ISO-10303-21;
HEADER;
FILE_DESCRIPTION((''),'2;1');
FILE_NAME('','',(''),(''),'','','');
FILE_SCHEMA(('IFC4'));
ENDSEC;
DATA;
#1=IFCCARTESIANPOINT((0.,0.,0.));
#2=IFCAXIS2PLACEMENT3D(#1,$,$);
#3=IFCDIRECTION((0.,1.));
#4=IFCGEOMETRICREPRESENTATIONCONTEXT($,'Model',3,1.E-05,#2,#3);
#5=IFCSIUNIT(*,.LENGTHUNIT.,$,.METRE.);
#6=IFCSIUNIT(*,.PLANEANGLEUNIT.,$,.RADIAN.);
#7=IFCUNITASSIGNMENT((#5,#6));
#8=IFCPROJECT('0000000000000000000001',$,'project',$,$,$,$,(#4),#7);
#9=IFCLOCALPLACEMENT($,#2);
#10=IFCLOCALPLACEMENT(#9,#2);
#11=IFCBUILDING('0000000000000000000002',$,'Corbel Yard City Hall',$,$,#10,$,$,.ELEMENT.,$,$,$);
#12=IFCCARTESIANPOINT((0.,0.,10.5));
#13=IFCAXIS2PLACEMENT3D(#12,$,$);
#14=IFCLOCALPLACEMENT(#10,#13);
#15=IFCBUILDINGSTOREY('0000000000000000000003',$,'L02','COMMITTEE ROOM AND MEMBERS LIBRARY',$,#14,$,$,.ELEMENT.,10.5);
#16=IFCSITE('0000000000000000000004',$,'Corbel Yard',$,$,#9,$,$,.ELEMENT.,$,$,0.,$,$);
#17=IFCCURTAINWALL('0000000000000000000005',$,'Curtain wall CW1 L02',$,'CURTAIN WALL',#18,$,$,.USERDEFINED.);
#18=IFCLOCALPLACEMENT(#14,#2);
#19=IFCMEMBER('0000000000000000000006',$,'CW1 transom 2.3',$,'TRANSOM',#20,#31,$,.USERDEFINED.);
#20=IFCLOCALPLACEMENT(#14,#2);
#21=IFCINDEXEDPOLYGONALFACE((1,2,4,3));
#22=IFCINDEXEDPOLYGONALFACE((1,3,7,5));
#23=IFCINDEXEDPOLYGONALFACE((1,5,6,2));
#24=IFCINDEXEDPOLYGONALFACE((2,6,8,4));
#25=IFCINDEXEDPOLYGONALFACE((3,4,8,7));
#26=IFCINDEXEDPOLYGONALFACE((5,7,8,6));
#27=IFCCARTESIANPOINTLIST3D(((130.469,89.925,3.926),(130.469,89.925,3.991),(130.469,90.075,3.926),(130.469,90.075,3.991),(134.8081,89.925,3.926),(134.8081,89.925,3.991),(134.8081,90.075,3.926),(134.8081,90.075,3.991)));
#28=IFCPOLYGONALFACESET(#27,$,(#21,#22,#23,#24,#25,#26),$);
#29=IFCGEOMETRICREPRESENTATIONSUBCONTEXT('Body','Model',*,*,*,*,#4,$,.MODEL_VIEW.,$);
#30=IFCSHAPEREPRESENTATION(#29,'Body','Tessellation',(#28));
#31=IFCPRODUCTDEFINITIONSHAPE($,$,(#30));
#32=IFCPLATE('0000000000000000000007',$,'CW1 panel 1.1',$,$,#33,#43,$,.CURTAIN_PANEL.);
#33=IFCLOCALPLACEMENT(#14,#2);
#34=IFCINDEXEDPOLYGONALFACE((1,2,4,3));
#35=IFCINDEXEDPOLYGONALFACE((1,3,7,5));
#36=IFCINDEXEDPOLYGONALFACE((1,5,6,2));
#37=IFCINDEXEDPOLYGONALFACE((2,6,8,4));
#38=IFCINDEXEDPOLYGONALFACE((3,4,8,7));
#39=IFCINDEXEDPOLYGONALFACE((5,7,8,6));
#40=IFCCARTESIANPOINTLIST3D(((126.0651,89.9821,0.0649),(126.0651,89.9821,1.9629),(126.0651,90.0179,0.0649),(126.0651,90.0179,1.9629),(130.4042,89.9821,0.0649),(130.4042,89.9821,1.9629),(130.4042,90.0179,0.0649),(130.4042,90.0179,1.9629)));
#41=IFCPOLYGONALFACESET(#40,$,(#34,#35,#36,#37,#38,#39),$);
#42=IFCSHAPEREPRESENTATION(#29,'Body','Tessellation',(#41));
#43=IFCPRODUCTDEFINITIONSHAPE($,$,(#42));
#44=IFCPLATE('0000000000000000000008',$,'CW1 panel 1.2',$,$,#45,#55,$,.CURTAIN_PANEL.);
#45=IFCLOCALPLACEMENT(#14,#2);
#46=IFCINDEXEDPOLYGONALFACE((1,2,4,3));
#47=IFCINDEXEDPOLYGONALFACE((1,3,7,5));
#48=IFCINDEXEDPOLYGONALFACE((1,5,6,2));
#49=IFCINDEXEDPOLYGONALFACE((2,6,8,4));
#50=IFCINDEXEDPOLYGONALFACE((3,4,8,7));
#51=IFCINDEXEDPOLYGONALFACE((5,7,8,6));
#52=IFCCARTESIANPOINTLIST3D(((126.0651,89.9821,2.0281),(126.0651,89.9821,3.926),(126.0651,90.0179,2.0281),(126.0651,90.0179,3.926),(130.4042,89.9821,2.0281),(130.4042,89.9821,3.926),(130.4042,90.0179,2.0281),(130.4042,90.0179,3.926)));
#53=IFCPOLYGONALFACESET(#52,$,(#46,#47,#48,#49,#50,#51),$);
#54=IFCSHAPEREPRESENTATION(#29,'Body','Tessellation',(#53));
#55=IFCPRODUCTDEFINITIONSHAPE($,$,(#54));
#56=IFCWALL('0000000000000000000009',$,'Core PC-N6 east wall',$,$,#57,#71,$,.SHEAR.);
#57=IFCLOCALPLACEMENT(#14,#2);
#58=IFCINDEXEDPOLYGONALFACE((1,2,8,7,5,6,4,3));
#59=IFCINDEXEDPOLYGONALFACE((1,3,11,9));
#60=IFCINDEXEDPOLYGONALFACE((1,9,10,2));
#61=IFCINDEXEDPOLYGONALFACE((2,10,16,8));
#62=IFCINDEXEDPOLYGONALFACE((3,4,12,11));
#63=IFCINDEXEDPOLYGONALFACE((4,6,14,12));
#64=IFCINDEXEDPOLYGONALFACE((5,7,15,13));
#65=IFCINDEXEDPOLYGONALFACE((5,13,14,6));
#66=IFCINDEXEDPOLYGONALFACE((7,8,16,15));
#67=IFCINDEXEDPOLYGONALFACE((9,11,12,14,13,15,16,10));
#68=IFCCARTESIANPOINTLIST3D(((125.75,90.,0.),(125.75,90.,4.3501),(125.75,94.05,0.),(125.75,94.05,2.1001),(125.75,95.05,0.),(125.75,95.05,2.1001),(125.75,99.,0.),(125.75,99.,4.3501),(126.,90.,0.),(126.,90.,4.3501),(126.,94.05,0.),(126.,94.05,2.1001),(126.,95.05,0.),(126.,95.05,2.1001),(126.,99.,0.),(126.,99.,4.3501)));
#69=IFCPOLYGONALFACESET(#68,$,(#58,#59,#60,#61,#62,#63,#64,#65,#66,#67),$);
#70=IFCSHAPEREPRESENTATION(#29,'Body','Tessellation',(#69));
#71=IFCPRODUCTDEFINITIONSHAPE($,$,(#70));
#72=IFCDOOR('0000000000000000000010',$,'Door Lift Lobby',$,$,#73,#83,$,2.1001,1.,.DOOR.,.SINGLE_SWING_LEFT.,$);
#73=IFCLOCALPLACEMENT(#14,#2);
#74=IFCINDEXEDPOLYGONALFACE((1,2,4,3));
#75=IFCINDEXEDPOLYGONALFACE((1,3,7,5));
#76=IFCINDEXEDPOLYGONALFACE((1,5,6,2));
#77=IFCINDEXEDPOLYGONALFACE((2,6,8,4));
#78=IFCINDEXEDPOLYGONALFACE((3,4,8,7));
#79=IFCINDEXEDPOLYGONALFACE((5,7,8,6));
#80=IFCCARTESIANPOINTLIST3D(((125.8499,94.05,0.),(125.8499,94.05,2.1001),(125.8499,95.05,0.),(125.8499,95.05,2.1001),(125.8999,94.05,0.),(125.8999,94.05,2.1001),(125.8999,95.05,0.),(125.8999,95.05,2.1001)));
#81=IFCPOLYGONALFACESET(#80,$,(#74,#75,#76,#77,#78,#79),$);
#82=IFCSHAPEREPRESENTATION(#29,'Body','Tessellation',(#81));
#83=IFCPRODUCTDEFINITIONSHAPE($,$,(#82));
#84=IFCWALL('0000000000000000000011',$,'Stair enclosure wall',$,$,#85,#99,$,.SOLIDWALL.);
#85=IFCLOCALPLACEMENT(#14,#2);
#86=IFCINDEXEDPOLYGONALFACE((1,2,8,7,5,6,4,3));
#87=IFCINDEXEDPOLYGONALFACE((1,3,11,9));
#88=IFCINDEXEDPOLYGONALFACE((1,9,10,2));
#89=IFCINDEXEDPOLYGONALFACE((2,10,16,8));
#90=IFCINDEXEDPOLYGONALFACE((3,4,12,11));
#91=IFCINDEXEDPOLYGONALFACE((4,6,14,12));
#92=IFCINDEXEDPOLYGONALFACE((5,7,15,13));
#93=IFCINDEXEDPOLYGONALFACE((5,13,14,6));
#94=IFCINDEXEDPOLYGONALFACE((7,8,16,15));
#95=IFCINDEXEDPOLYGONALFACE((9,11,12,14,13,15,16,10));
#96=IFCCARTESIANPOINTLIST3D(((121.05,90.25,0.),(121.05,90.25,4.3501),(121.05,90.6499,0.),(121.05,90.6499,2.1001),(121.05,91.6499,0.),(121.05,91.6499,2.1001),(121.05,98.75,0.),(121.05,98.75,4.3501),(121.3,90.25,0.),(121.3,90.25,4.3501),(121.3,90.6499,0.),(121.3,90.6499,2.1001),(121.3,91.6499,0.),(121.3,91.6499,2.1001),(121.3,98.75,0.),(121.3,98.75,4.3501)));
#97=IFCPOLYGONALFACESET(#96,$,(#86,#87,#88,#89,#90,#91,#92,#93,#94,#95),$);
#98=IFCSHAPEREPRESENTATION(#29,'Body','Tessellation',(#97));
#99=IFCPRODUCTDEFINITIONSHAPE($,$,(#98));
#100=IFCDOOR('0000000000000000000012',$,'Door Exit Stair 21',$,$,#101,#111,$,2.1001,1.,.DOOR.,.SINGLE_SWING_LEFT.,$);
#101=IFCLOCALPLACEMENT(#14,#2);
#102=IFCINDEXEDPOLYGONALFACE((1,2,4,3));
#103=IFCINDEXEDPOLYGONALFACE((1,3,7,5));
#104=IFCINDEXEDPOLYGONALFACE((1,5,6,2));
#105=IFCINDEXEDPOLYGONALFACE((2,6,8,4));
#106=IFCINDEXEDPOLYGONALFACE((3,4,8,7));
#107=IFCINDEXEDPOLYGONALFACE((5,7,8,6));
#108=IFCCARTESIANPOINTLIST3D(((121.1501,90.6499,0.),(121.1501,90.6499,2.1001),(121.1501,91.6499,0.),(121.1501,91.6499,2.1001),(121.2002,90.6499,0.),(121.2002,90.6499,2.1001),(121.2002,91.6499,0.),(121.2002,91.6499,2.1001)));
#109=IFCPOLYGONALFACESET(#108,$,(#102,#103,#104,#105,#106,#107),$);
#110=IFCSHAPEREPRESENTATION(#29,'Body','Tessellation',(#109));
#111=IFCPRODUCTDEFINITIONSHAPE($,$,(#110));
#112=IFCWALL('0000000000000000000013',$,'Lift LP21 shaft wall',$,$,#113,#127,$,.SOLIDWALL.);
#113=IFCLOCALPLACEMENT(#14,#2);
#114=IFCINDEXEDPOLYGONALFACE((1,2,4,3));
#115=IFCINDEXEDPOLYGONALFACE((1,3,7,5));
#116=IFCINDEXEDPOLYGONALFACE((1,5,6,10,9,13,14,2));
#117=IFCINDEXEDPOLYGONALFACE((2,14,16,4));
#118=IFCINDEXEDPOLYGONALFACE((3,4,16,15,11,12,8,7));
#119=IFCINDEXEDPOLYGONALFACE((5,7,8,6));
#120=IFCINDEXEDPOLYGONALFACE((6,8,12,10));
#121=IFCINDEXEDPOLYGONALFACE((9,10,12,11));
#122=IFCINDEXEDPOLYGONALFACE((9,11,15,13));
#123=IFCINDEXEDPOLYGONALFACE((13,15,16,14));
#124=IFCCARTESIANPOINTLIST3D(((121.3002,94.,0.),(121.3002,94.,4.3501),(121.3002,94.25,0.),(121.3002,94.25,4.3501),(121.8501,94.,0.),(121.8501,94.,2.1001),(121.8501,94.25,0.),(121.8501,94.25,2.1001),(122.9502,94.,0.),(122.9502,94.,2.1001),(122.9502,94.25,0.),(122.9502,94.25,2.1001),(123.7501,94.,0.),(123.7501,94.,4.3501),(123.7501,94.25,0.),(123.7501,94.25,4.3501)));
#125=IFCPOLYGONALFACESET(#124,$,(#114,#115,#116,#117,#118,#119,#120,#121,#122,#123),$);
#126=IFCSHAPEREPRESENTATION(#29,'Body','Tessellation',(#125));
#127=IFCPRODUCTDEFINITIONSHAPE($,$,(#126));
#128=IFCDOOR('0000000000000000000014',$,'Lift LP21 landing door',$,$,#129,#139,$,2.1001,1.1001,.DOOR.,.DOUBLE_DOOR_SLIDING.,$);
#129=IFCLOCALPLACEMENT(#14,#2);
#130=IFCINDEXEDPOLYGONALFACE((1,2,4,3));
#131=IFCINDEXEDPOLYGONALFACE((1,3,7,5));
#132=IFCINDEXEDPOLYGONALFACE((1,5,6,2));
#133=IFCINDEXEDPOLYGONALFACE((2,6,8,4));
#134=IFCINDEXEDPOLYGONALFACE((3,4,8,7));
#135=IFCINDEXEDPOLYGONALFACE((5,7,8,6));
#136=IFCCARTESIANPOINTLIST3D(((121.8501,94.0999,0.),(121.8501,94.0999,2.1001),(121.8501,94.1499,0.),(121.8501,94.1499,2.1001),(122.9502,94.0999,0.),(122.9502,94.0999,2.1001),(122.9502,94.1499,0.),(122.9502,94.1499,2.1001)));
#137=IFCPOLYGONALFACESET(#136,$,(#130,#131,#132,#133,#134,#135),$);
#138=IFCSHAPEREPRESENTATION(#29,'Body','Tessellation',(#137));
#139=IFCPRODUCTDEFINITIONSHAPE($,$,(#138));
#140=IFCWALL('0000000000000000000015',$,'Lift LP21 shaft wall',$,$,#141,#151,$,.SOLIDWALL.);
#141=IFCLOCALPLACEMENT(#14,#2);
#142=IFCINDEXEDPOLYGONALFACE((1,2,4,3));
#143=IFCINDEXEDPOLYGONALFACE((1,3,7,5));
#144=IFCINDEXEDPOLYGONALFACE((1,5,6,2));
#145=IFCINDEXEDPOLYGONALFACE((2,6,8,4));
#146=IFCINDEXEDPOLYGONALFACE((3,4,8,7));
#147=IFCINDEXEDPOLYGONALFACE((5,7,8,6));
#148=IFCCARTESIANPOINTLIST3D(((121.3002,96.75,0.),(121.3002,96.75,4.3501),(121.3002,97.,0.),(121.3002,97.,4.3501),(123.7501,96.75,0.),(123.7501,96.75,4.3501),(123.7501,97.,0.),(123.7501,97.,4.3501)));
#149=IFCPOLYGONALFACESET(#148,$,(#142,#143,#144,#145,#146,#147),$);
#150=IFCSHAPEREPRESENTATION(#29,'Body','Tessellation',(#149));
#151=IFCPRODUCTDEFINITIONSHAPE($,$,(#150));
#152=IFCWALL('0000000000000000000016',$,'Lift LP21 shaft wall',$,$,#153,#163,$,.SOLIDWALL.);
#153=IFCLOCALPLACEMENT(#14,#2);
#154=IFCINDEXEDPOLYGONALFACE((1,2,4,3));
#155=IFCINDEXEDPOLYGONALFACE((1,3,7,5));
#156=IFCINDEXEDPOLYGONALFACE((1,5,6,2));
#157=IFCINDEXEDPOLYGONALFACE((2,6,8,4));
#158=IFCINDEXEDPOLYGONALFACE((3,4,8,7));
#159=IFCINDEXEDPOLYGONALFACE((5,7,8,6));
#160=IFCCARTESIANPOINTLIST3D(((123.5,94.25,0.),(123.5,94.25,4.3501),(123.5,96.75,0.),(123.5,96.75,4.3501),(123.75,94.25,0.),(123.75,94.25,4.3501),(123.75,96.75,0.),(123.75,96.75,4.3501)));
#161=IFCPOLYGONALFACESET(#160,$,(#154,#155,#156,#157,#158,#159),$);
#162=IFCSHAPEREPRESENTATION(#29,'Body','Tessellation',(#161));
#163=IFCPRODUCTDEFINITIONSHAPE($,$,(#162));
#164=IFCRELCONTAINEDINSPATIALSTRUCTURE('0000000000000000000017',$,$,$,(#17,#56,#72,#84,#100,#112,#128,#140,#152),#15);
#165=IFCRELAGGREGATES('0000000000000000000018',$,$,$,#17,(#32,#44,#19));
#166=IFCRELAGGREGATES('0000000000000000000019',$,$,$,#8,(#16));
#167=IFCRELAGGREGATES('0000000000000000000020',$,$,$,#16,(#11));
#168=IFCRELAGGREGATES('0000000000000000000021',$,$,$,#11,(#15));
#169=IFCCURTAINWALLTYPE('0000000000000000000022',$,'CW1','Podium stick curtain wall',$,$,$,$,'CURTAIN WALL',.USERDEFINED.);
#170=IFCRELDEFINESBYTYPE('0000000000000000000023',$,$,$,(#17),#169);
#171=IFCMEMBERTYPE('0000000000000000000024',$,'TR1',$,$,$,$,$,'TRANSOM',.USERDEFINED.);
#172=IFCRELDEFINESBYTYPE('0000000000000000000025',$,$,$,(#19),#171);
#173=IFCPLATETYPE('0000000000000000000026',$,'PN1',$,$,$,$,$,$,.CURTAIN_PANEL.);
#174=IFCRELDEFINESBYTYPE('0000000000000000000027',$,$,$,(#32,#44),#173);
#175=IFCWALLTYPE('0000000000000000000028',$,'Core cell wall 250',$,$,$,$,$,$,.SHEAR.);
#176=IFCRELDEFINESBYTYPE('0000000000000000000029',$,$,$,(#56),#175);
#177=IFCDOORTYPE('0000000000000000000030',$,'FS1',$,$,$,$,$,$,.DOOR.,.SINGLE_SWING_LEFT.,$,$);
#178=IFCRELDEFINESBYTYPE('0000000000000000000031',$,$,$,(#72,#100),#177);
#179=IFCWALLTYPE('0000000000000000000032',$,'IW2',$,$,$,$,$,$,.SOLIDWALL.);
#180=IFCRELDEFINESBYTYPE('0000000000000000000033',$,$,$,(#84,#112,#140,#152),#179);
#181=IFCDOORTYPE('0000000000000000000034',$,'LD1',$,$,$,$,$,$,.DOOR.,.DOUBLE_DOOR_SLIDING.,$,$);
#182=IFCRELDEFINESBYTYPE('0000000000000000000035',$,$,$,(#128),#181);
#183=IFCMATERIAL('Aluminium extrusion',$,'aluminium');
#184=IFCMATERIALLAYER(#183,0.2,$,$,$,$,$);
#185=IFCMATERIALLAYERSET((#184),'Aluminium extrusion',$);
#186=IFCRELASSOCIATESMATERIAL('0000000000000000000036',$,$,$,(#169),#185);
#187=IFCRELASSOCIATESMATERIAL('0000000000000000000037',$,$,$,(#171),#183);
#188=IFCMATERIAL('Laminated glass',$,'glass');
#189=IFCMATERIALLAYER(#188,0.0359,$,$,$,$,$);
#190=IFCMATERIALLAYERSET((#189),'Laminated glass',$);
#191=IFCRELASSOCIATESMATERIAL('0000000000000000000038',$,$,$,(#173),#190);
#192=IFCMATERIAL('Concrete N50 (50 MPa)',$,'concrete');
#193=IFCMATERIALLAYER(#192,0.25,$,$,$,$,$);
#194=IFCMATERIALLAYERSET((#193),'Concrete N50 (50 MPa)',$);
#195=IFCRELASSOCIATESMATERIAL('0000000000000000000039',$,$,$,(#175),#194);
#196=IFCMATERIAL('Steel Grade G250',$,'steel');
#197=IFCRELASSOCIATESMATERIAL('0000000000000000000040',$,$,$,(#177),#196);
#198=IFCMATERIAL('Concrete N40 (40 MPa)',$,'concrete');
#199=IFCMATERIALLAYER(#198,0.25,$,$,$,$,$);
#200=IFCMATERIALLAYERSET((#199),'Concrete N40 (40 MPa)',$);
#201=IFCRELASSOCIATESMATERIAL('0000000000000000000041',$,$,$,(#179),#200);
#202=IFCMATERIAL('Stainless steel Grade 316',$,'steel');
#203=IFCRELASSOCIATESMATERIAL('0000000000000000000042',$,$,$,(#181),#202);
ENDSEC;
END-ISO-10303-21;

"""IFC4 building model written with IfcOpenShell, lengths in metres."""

from ifc_helpers import new_model, si_unit, direction, frame, frame_2d, origin, origin_2d, place, context, subcontext, project, spatial, rectangle, extrude, material, layer, layer_set, material_profile, profile_set, type_object, element, fill, aggregate, save


model = new_model("IFC4")

# Units and contexts
model_context = context("Model", 3, precision=1e-05, world=origin(), true_north=direction((0.0, 1.0)))
body_context = subcontext(model_context, "Body", "Model", "MODEL_VIEW")
ifc_project = project(units=[si_unit("LENGTHUNIT", "METRE"), si_unit("PLANEANGLEUNIT", "RADIAN")], contexts=[model_context])

# Site, building, storey
site_placement = place(None, origin())
site = spatial("IfcSite", under=ifc_project, at=site_placement, Name="Corbel Yard", CompositionType="ELEMENT", RefElevation=0.0)
building_placement = place(site_placement, origin())
building = spatial("IfcBuilding", under=site, at=building_placement, Name="Corbel Yard City Hall", CompositionType="ELEMENT")
storey_placement = place(building_placement, frame((0.0, 0.0, 10.5)))
storey = spatial("IfcBuildingStorey", under=building, at=storey_placement, Name="L02", Description="COMMITTEE ROOM AND MEMBERS LIBRARY", CompositionType="ELEMENT", Elevation=10.5)

# Curtain wall
ifc_material_1 = material(Name="Aluminium extrusion", Category="aluminium")
ifc_layer_1 = layer(ifc_material_1, 0.2)
ifc_layer_set_1 = layer_set([ifc_layer_1], Name="Aluminium extrusion")
curtain_wall_type = type_object("IfcCurtainWallType", Name="CW1", Description="Podium stick curtain wall", ElementType="CURTAIN WALL", PredefinedType="USERDEFINED", material=ifc_layer_set_1)
curtain_wall_placement = place(storey_placement, origin())
curtain_wall = element("IfcCurtainWall", 1, at=curtain_wall_placement, inside=storey, type_object=curtain_wall_type, Name="Curtain wall CW1 L02", ObjectType="CURTAIN WALL", PredefinedType="USERDEFINED")

# Member
ifc_material_profile_1 = material_profile(ifc_material_1, rectangle(XDim=0.1499, YDim=0.0649, at=origin_2d()), Name="150x65")
ifc_profile_set_1 = profile_set([ifc_material_profile_1], Name="Aluminium extrusion")
member_type_1 = type_object("IfcMemberType", Name="TR1", ElementType="TRANSOM", PredefinedType="USERDEFINED", material=ifc_profile_set_1)
member_1_placement = place(storey_placement, frame((130.469, 90.0, 3.9585), z_axis=(1.0, 0.0, 0.0), x_axis=(0.0, 1.0, 0.0)))
member_1 = element("IfcMember", 2, at=member_1_placement, type_object=member_type_1, Name="CW1 transom 2.3", ObjectType="TRANSOM", PredefinedType="USERDEFINED", context=body_context, shape_type="SweptSolid", body=[
    extrude(rectangle(XDim=0.1499, YDim=0.0649, at=origin_2d()), origin(), (0.0, 0.0, 1.0), 4.3391),
])

# Plates
ifc_material_2 = material(Name="Laminated glass", Category="glass")
ifc_layer_2 = layer(ifc_material_2, 0.0359)
ifc_layer_set_2 = layer_set([ifc_layer_2], Name="Laminated glass")
plate_type = type_object("IfcPlateType", Name="PN1", PredefinedType="CURTAIN_PANEL", material=ifc_layer_set_2)
plate_1_placement = place(storey_placement, frame((128.2346, 90.0, 0.0649), z_axis=(0.0, 0.0, 1.0), x_axis=(1.0, 0.0, 0.0)))
plate_1 = element("IfcPlate", 3, at=plate_1_placement, type_object=plate_type, Name="CW1 panel 1.1", PredefinedType="CURTAIN_PANEL", context=body_context, shape_type="SweptSolid", body=[
    extrude(rectangle(XDim=4.3391, YDim=0.0359, at=origin_2d()), origin(), (0.0, 0.0, 1.0), 1.8979),
])
plate_2_placement = place(storey_placement, frame((128.2346, 90.0, 2.0281), z_axis=(0.0, 0.0, 1.0), x_axis=(1.0, 0.0, 0.0)))
plate_2 = element("IfcPlate", 4, at=plate_2_placement, type_object=plate_type, Name="CW1 panel 1.2", PredefinedType="CURTAIN_PANEL", context=body_context, shape_type="SweptSolid", body=[
    extrude(rectangle(XDim=4.3391, YDim=0.0359, at=origin_2d()), origin(), (0.0, 0.0, 1.0), 1.8979),
])
aggregate(curtain_wall, [plate_1, plate_2, member_1])

# Walls, openings, doors
ifc_material_3 = material(Name="Concrete N50 (50 MPa)", Category="concrete")
ifc_layer_3 = layer(ifc_material_3, 0.25)
ifc_layer_set_3 = layer_set([ifc_layer_3], Name="Concrete N50 (50 MPa)")
wall_type_1 = type_object("IfcWallType", Name="Core cell wall 250", PredefinedType="SHEAR", material=ifc_layer_set_3)
wall_1_placement = place(storey_placement, frame((125.875, 90.0, 0.0), z_axis=(0.0, 0.0, 1.0), x_axis=(0.0, 1.0, 0.0)))
wall_1 = element("IfcWall", 5, at=wall_1_placement, inside=storey, type_object=wall_type_1, Name="Core PC-N6 east wall", PredefinedType="SHEAR", context=body_context, shape_type="SweptSolid", body=[
    extrude(rectangle(XDim=9.0, YDim=0.25, at=frame_2d((4.5, 0.0))), origin(), (0.0, 0.0, 1.0), 4.3501),
])
opening_1_placement = place(wall_1_placement, frame((4.05, 0.0, 0.0)))
opening_1 = element("IfcOpeningElement", 6, at=opening_1_placement, cuts=wall_1, PredefinedType="OPENING", context=body_context, shape_type="SweptSolid", body=[
    extrude(rectangle(XDim=1.0, YDim=2.1001, at=frame_2d((0.5, 1.05))), frame((0.0, 0.135, 0.0), z_axis=(0.0, -1.0, 0.0), x_axis=(1.0, 0.0, 0.0)), (0.0, 0.0, 1.0), 0.27),
])
ifc_material_4 = material(Name="Steel Grade G250", Category="steel")
door_type_1 = type_object("IfcDoorType", Name="FS1", OperationType="SINGLE_SWING_LEFT", PredefinedType="DOOR", material=ifc_material_4)
door_1_placement = place(opening_1_placement, frame((1.0, 0.0, 0.0), z_axis=(0.0, 0.0, 1.0), x_axis=(-1.0, 0.0, 0.0)))
door_1 = element("IfcDoor", 7, at=door_1_placement, inside=storey, type_object=door_type_1, Name="Door Lift Lobby", OperationType="SINGLE_SWING_LEFT", OverallHeight=2.1001, OverallWidth=1.0, PredefinedType="DOOR", context=body_context, shape_type="SweptSolid", body=[
    extrude(rectangle(XDim=1.0, YDim=2.1001, at=frame_2d((0.5, 1.05))), frame((0.0, 0.0249, 0.0), z_axis=(0.0, -1.0, 0.0), x_axis=(1.0, 0.0, 0.0)), (0.0, 0.0, 1.0), 0.05),
])
fill(opening_1, door_1)
ifc_material_5 = material(Name="Concrete N40 (40 MPa)", Category="concrete")
ifc_layer_4 = layer(ifc_material_5, 0.25)
ifc_layer_set_4 = layer_set([ifc_layer_4], Name="Concrete N40 (40 MPa)")
wall_type_2 = type_object("IfcWallType", Name="IW2", PredefinedType="SOLIDWALL", material=ifc_layer_set_4)
wall_2_placement = place(storey_placement, frame((121.175, 90.25, 0.0), z_axis=(0.0, 0.0, 1.0), x_axis=(0.0, 1.0, 0.0)))
wall_2 = element("IfcWall", 8, at=wall_2_placement, inside=storey, type_object=wall_type_2, Name="Stair enclosure wall", PredefinedType="SOLIDWALL", context=body_context, shape_type="SweptSolid", body=[
    extrude(rectangle(XDim=8.5, YDim=0.25, at=frame_2d((4.25, 0.0))), origin(), (0.0, 0.0, 1.0), 4.3501),
])
opening_2_placement = place(wall_2_placement, frame((0.3999, 0.0, 0.0)))
opening_2 = element("IfcOpeningElement", 9, at=opening_2_placement, cuts=wall_2, PredefinedType="OPENING", context=body_context, shape_type="SweptSolid", body=[
    extrude(rectangle(XDim=1.0, YDim=2.1001, at=frame_2d((0.5, 1.05))), frame((0.0, 0.135, 0.0), z_axis=(0.0, -1.0, 0.0), x_axis=(1.0, 0.0, 0.0)), (0.0, 0.0, 1.0), 0.27),
])
door_2_placement = place(opening_2_placement, origin())
door_2 = element("IfcDoor", 10, at=door_2_placement, inside=storey, type_object=door_type_1, Name="Door Exit Stair 21", OperationType="SINGLE_SWING_LEFT", OverallHeight=2.1001, OverallWidth=1.0, PredefinedType="DOOR", context=body_context, shape_type="SweptSolid", body=[
    extrude(rectangle(XDim=1.0, YDim=2.1001, at=frame_2d((0.5, 1.05))), frame((0.0, 0.0249, 0.0), z_axis=(0.0, -1.0, 0.0), x_axis=(1.0, 0.0, 0.0)), (0.0, 0.0, 1.0), 0.05),
])
fill(opening_2, door_2)
wall_3_placement = place(storey_placement, frame((121.3, 94.125, 0.0), z_axis=(0.0, 0.0, 1.0), x_axis=(1.0, 0.0, 0.0)))
wall_3 = element("IfcWall", 11, at=wall_3_placement, inside=storey, type_object=wall_type_2, Name="Lift LP21 shaft wall", PredefinedType="SOLIDWALL", context=body_context, shape_type="SweptSolid", body=[
    extrude(rectangle(XDim=2.45, YDim=0.25, at=frame_2d((1.2251, 0.0))), origin(), (0.0, 0.0, 1.0), 4.3501),
])
opening_3_placement = place(wall_3_placement, frame((0.55, 0.0, 0.0)))
opening_3 = element("IfcOpeningElement", 12, at=opening_3_placement, cuts=wall_3, PredefinedType="OPENING", context=body_context, shape_type="SweptSolid", body=[
    extrude(rectangle(XDim=1.1001, YDim=2.1001, at=frame_2d((0.55, 1.05))), frame((0.0, 0.135, 0.0), z_axis=(0.0, -1.0, 0.0), x_axis=(1.0, 0.0, 0.0)), (0.0, 0.0, 1.0), 0.27),
])
ifc_material_6 = material(Name="Stainless steel Grade 316", Category="steel")
door_type_2 = type_object("IfcDoorType", Name="LD1", OperationType="DOUBLE_DOOR_SLIDING", PredefinedType="DOOR", material=ifc_material_6)
door_3_placement = place(opening_3_placement, origin())
door_3 = element("IfcDoor", 13, at=door_3_placement, inside=storey, type_object=door_type_2, Name="Lift LP21 landing door", OperationType="DOUBLE_DOOR_SLIDING", OverallHeight=2.1001, OverallWidth=1.1001, PredefinedType="DOOR", context=body_context, shape_type="SweptSolid", body=[
    extrude(rectangle(XDim=1.1001, YDim=2.1001, at=frame_2d((0.55, 1.05))), frame((0.0, 0.0249, 0.0), z_axis=(0.0, -1.0, 0.0), x_axis=(1.0, 0.0, 0.0)), (0.0, 0.0, 1.0), 0.05),
])
fill(opening_3, door_3)

# Walls
wall_4_placement = place(storey_placement, frame((121.3, 96.875, 0.0), z_axis=(0.0, 0.0, 1.0), x_axis=(1.0, 0.0, 0.0)))
element("IfcWall", 14, at=wall_4_placement, inside=storey, type_object=wall_type_2, Name="Lift LP21 shaft wall", PredefinedType="SOLIDWALL", context=body_context, shape_type="SweptSolid", body=[
    extrude(rectangle(XDim=2.45, YDim=0.25, at=frame_2d((1.2251, 0.0))), origin(), (0.0, 0.0, 1.0), 4.3501),
])
wall_5_placement = place(storey_placement, frame((123.625, 94.25, 0.0), z_axis=(0.0, 0.0, 1.0), x_axis=(0.0, 1.0, 0.0)))
element("IfcWall", 15, at=wall_5_placement, inside=storey, type_object=wall_type_2, Name="Lift LP21 shaft wall", PredefinedType="SOLIDWALL", context=body_context, shape_type="SweptSolid", body=[
    extrude(rectangle(XDim=2.5, YDim=0.25, at=frame_2d((1.25, 0.0))), origin(), (0.0, 0.0, 1.0), 4.3501),
])

save(model, "model.ifc")
